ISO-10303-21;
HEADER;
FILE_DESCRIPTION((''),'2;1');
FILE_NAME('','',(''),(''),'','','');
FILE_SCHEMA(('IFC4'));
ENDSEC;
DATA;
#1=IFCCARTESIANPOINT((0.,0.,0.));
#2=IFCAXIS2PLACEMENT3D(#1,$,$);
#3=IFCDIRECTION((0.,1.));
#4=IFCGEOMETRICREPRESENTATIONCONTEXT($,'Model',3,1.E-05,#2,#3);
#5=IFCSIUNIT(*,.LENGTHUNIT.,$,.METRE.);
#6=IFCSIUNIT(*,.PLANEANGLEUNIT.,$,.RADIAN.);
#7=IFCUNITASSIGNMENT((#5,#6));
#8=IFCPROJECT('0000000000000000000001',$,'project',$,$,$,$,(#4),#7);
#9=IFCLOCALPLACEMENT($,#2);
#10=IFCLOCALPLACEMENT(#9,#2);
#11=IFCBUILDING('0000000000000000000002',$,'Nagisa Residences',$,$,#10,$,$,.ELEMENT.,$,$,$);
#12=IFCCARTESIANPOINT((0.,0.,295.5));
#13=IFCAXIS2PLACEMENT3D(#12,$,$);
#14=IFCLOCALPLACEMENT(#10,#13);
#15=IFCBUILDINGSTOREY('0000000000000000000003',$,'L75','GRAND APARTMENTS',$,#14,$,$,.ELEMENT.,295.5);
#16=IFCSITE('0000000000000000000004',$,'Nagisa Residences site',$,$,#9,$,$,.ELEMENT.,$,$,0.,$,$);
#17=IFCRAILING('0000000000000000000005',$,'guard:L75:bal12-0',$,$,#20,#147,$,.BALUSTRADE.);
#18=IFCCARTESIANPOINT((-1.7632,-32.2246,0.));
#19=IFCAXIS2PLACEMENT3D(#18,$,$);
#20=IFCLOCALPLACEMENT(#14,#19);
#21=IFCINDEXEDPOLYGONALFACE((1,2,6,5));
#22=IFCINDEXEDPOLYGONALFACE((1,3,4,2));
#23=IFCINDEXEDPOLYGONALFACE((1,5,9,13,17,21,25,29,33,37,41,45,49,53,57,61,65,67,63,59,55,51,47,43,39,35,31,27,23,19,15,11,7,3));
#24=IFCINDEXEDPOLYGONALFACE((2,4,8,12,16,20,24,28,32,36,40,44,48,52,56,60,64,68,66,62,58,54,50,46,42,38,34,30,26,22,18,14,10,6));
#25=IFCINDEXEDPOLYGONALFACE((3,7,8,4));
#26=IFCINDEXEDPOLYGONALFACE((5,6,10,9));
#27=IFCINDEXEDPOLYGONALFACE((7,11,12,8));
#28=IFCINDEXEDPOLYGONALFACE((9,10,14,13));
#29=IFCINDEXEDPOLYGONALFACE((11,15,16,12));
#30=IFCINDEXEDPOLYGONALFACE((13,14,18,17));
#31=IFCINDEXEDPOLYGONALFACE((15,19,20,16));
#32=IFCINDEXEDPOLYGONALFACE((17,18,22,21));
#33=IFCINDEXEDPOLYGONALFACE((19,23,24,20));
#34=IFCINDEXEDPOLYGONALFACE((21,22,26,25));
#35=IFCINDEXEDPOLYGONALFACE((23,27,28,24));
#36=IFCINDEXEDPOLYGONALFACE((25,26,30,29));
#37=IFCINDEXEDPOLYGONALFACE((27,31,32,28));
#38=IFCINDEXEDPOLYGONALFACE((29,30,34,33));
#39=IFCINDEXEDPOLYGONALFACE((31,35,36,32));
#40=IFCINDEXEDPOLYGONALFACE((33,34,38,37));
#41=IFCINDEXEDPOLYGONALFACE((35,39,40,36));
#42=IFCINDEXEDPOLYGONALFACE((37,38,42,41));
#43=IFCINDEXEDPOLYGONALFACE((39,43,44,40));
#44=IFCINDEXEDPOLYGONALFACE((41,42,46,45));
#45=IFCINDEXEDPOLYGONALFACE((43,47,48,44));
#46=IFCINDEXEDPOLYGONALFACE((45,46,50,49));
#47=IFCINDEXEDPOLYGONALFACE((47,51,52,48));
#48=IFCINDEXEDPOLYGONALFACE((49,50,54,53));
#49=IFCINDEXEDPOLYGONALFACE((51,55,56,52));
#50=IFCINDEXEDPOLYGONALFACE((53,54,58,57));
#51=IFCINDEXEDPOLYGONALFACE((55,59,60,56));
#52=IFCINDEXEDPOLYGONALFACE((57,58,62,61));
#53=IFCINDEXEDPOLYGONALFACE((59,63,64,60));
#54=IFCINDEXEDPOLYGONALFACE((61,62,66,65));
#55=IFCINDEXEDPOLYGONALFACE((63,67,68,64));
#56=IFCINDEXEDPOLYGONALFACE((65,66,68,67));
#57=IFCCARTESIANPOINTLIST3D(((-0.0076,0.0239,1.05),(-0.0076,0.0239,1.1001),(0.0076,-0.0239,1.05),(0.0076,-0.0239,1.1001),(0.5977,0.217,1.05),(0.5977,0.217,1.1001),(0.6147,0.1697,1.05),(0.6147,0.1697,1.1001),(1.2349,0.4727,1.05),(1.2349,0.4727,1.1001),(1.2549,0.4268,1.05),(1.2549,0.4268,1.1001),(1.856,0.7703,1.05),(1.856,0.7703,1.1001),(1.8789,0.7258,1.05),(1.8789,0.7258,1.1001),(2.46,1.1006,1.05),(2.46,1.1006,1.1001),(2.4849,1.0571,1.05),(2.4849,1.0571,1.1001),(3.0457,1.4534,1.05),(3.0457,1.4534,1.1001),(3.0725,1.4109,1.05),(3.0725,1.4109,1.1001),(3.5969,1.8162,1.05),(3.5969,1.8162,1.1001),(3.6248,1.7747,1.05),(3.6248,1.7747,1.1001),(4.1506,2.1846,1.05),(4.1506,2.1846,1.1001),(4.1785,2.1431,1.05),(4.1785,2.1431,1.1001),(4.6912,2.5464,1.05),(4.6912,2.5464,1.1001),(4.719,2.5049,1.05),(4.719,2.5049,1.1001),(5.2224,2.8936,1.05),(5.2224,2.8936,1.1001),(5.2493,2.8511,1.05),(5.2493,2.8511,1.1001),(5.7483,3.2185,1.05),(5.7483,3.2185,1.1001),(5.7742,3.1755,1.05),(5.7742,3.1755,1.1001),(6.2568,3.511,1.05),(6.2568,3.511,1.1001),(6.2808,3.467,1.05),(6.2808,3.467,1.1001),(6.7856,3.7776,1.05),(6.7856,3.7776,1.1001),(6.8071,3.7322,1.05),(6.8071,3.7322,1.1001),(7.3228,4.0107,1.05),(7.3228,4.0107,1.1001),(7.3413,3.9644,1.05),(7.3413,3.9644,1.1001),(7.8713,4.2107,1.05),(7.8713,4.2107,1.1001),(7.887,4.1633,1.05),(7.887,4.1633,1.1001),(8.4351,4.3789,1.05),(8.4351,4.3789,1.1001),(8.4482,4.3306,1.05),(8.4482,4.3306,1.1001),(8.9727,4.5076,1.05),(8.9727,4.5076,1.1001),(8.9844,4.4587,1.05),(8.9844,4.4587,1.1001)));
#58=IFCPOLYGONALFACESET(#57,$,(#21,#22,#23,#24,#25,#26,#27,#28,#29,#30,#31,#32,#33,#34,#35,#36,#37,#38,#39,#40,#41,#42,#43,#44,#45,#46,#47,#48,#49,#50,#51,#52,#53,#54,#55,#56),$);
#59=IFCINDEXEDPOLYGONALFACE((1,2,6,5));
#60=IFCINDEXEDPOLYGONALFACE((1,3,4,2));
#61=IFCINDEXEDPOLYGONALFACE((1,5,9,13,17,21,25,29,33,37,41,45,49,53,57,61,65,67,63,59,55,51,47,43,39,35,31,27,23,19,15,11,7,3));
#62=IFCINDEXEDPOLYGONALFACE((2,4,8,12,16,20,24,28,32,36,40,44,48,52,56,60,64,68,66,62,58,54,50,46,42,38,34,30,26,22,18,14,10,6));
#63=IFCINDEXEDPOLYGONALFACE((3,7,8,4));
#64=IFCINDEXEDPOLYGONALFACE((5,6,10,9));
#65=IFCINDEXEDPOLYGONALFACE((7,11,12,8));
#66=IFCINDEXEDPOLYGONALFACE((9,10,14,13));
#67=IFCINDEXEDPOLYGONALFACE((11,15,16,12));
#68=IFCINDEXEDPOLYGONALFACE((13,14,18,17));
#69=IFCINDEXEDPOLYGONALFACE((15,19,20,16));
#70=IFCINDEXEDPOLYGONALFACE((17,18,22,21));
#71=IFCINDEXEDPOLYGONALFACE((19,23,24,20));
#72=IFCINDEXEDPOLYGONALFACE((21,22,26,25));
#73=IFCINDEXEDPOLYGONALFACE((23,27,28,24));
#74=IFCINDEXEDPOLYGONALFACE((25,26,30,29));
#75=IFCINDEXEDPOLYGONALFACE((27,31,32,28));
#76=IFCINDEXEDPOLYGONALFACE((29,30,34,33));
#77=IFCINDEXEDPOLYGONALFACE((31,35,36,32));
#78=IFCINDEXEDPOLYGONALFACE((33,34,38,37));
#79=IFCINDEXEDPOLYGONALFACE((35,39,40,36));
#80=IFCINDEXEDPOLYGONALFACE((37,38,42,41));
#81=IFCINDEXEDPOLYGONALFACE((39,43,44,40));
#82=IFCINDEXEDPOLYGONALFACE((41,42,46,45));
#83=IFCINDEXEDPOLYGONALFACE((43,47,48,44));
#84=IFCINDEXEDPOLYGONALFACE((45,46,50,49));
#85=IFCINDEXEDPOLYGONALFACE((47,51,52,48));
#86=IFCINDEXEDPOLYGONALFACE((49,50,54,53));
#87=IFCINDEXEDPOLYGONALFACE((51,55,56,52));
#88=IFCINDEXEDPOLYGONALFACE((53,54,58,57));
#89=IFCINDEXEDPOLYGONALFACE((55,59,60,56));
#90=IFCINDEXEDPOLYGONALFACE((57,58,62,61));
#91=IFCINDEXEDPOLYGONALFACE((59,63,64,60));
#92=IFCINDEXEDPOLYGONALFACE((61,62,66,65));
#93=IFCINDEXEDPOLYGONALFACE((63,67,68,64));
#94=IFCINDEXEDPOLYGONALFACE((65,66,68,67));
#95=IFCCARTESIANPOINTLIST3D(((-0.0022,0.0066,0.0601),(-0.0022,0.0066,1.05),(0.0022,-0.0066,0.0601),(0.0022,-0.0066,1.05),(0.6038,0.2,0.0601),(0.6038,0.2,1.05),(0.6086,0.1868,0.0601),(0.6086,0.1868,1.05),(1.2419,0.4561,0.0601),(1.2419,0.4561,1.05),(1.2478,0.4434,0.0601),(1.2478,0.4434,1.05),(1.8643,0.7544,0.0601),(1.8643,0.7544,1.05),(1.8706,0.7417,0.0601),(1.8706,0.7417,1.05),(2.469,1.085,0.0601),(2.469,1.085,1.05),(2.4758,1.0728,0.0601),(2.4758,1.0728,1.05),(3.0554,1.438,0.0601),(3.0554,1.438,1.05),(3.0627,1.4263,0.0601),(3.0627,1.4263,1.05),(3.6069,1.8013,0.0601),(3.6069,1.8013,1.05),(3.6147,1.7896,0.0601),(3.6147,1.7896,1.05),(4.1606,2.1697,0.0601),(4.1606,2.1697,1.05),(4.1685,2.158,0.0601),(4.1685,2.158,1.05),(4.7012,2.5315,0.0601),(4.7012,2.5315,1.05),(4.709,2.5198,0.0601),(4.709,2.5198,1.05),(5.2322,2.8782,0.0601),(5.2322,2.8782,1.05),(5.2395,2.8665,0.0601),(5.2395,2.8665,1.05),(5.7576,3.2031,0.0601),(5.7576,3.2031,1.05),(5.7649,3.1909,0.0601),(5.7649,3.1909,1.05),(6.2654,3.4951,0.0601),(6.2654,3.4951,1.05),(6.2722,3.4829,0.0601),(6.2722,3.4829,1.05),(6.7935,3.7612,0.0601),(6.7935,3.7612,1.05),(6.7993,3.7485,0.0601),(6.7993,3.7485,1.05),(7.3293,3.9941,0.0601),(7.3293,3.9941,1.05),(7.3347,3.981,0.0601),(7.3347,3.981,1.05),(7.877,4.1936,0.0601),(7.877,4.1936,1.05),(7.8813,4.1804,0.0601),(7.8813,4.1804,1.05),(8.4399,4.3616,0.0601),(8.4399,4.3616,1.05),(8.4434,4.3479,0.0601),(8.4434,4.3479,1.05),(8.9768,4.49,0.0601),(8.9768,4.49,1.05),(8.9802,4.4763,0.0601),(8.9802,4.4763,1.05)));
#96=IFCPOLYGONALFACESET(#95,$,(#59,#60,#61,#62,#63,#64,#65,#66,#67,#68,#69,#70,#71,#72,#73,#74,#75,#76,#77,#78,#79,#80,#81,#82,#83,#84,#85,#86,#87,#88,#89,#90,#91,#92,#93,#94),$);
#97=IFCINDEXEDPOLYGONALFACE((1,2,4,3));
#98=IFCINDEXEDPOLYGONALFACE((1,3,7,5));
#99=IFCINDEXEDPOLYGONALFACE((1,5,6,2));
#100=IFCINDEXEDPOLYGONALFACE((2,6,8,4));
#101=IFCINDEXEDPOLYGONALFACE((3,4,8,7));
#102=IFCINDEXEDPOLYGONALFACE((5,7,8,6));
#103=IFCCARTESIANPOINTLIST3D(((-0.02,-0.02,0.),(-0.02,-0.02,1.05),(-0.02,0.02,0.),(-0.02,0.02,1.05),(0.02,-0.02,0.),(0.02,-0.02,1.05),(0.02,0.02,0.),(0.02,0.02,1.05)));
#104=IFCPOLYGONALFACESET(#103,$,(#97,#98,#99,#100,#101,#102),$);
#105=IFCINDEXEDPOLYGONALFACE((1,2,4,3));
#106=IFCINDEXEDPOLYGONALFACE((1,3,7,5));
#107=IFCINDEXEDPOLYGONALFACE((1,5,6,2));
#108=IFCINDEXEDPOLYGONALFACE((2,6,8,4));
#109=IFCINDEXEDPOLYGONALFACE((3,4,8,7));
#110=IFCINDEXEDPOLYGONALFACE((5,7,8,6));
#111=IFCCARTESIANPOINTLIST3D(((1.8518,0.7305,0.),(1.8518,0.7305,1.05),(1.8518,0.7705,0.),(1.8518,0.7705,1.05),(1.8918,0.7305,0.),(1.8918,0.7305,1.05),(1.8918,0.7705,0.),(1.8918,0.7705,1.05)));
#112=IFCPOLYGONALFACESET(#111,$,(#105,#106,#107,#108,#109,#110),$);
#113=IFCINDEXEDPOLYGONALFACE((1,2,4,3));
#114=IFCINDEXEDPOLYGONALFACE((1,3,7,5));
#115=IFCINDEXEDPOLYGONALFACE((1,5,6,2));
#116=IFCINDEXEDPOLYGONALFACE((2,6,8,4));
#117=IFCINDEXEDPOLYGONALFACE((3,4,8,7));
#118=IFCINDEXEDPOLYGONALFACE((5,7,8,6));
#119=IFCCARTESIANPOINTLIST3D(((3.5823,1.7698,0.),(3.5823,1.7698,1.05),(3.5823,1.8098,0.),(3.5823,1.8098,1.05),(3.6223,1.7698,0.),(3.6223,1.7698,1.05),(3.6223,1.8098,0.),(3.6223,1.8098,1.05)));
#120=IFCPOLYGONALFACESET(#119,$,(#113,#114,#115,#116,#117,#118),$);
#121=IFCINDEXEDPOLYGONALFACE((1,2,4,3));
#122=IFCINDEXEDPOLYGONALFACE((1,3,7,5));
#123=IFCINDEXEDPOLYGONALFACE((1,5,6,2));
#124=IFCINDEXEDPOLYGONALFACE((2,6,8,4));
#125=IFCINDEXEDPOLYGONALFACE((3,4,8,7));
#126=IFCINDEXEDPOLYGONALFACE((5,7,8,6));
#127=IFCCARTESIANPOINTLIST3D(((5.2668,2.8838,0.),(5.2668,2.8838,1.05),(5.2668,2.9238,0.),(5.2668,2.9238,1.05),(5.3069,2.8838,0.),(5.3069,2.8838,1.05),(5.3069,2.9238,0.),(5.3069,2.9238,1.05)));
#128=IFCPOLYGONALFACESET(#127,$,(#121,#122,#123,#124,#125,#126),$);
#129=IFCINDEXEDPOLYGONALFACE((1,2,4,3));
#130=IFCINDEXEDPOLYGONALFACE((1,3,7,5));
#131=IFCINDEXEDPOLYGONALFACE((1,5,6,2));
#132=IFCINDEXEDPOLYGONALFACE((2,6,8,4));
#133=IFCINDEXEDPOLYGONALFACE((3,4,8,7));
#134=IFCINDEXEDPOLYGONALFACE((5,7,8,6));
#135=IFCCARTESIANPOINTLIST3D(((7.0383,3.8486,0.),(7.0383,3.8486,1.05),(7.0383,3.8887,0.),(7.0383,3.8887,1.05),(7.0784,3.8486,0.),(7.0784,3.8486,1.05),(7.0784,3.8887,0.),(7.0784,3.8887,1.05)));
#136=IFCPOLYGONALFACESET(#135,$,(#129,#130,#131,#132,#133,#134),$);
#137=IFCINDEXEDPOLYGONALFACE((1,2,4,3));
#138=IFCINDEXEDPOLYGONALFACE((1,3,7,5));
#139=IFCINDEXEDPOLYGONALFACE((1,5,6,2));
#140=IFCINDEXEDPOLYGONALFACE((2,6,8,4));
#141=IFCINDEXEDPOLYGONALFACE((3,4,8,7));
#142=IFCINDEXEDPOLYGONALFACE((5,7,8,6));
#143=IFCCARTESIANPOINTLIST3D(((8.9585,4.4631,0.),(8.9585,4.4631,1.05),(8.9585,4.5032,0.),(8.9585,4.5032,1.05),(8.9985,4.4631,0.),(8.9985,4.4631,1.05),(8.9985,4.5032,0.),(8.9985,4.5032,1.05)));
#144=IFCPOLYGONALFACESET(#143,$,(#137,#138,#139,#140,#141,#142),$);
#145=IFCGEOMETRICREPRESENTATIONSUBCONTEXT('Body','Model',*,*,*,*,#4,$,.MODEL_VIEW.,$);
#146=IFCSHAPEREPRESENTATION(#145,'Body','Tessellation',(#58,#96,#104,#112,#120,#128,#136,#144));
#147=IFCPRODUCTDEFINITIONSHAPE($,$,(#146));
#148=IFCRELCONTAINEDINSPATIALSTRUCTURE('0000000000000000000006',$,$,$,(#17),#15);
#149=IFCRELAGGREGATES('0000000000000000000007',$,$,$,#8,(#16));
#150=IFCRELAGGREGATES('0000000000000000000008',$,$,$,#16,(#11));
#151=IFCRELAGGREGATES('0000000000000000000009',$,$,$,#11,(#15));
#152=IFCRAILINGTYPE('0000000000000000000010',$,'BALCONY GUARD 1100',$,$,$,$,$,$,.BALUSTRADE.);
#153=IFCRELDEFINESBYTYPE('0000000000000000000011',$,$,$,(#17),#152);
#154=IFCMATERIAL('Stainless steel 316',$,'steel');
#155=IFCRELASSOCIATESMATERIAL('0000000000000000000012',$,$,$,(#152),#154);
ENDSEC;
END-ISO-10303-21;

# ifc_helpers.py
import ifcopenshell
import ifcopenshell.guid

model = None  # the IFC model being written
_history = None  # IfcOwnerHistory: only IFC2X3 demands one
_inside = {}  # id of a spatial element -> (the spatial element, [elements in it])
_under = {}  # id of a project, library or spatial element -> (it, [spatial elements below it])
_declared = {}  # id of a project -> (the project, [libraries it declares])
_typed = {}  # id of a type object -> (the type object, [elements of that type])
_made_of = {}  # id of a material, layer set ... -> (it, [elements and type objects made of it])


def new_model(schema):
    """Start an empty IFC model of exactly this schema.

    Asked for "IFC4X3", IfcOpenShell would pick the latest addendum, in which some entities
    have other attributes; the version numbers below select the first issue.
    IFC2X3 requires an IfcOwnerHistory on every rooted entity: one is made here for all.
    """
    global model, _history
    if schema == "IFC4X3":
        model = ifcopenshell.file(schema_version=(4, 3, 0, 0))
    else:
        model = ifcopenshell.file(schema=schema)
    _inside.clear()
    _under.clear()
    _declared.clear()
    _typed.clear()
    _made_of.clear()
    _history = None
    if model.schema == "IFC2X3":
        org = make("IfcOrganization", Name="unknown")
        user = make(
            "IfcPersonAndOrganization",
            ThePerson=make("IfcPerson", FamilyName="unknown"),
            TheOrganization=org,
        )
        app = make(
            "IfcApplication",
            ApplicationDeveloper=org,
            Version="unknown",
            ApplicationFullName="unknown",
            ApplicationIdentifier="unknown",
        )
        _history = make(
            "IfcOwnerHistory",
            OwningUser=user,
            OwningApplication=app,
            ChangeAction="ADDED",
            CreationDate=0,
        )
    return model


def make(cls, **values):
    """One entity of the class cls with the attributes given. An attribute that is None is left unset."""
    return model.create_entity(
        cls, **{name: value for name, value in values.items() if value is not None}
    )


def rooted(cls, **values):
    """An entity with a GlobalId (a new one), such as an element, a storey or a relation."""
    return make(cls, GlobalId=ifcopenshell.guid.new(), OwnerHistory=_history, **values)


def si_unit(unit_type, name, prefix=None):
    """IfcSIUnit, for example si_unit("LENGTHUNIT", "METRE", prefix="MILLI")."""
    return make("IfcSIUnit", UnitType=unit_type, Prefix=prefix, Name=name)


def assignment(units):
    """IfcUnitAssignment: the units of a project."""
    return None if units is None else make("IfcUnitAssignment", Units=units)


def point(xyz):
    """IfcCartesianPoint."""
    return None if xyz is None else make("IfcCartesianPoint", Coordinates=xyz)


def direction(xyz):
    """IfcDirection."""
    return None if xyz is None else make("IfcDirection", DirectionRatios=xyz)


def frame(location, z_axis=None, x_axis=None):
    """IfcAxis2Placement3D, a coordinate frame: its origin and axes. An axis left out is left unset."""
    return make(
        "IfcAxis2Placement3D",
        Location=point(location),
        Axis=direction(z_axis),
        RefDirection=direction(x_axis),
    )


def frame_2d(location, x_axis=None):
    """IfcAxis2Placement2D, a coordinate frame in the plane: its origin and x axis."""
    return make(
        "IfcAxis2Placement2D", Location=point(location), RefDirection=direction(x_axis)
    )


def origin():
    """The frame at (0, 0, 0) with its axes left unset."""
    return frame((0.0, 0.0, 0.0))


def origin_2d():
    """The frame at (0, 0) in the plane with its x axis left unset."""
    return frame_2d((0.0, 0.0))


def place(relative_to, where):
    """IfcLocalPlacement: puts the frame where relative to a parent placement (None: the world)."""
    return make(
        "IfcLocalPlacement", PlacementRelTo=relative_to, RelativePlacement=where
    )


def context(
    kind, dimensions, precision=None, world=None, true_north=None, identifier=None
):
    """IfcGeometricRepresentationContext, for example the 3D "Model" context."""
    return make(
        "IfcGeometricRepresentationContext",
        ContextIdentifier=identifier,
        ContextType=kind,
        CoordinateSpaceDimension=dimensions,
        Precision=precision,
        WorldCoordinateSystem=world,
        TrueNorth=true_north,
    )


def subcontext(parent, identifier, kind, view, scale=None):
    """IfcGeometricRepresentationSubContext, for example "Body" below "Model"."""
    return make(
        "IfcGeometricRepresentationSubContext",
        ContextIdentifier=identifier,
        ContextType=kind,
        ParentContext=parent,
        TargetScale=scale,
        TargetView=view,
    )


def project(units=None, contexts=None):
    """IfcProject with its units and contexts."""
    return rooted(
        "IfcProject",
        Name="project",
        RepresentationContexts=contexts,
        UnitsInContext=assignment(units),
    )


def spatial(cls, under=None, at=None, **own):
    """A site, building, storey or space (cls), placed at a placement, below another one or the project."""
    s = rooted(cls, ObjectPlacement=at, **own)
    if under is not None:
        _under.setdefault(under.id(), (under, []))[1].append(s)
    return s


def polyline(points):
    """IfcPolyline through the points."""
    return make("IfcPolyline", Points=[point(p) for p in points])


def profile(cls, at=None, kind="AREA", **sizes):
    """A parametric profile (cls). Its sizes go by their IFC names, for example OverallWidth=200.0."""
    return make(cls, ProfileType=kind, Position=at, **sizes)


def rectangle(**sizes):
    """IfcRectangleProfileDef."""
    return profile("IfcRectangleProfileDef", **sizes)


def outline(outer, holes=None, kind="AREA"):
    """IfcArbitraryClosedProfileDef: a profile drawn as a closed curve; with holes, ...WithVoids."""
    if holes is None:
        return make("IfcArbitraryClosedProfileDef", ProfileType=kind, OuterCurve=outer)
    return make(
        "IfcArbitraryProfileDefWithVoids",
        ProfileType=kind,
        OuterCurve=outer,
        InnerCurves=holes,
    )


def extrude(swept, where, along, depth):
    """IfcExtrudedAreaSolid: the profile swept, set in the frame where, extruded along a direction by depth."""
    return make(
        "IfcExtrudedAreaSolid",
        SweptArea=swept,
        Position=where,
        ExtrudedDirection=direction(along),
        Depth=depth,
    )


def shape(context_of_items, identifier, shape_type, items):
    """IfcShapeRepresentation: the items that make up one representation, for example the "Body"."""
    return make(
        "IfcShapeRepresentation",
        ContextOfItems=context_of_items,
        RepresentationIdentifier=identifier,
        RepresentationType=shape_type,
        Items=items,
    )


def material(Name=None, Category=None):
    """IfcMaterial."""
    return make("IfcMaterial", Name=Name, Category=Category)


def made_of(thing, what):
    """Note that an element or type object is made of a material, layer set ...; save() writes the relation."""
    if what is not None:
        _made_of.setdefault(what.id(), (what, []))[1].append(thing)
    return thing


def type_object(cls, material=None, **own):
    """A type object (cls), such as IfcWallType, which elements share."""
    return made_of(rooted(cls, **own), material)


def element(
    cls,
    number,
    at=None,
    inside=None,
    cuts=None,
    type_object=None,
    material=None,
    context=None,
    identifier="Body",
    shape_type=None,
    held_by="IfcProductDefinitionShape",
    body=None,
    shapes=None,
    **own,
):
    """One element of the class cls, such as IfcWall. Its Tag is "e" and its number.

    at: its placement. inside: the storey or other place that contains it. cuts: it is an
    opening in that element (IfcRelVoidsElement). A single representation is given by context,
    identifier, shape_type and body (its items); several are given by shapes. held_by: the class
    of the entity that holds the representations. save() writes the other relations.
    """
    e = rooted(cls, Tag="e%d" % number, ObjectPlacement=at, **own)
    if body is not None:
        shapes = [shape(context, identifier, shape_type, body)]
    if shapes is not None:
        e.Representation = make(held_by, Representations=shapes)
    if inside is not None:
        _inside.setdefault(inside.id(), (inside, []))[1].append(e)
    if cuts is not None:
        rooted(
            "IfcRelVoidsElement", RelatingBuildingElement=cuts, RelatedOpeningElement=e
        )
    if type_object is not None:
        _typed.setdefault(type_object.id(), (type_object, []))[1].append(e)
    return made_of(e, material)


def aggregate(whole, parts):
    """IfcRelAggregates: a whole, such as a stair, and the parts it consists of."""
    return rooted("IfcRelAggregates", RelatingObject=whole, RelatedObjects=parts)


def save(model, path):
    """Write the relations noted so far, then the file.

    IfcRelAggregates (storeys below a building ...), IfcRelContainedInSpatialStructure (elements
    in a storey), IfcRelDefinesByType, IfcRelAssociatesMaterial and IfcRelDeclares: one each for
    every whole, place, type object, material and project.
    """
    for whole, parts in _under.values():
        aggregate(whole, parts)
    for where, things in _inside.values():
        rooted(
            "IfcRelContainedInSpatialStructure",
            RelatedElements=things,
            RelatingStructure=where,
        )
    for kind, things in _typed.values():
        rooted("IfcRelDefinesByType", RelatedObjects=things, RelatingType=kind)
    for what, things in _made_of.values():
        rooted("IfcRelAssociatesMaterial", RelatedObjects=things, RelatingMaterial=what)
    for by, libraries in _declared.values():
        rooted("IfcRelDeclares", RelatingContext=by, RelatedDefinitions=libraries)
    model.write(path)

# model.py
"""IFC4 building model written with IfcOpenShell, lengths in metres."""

from ifc_helpers import new_model, si_unit, direction, frame, origin, origin_2d, place, context, subcontext, project, spatial, polyline, rectangle, outline, extrude, material, type_object, element, save


model = new_model("IFC4")

# Units and contexts
model_context = context("Model", 3, precision=1e-05, world=origin(), true_north=direction((0.0, 1.0)))
body_context = subcontext(model_context, "Body", "Model", "MODEL_VIEW")
ifc_project = project(units=[si_unit("LENGTHUNIT", "METRE"), si_unit("PLANEANGLEUNIT", "RADIAN")], contexts=[model_context])

# Site, building, storey
site_placement = place(None, origin())
site = spatial("IfcSite", under=ifc_project, at=site_placement, Name="Nagisa Residences site", CompositionType="ELEMENT", RefElevation=0.0)
building_placement = place(site_placement, origin())
building = spatial("IfcBuilding", under=site, at=building_placement, Name="Nagisa Residences", CompositionType="ELEMENT")
storey_placement = place(building_placement, frame((0.0, 0.0, 295.5)))
storey = spatial("IfcBuildingStorey", under=building, at=storey_placement, Name="L75", Description="GRAND APARTMENTS", CompositionType="ELEMENT", Elevation=295.5)

# Railing
ifc_material_1 = material(Name="Stainless steel 316", Category="steel")
railing_type = type_object("IfcRailingType", Name="BALCONY GUARD 1100", PredefinedType="BALUSTRADE", material=ifc_material_1)
railing_1_placement = place(storey_placement, frame((-1.7632, -32.2246, 0.0)))
element("IfcRailing", 1, at=railing_1_placement, inside=storey, type_object=railing_type, Name="guard:L75:bal12-0", PredefinedType="BALUSTRADE", context=body_context, shape_type="SweptSolid", body=[
    extrude(outline(polyline([(0.5977, 0.217), (-0.0076, 0.0239), (0.0076, -0.0239), (0.6147, 0.1697), (1.2549, 0.4268), (1.8789, 0.7258), (2.4849, 1.0571), (3.0725, 1.4109), (3.6248, 1.7747), (4.1785, 2.1431), (4.719, 2.5049), (5.2493, 2.8511), (5.7742, 3.1755), (6.2808, 3.467), (6.8071, 3.7322), (7.3413, 3.9644), (7.887, 4.1633), (8.4482, 4.3306), (8.9844, 4.4587), (8.9727, 4.5076), (8.4351, 4.3789), (7.8713, 4.2107), (7.3228, 4.0107), (6.7856, 3.7776), (6.2568, 3.511), (5.7483, 3.2185), (5.2224, 2.8936), (4.6912, 2.5464), (4.1506, 2.1846), (3.5969, 1.8162), (3.0457, 1.4534), (2.46, 1.1006), (1.856, 0.7703), (1.2349, 0.4727), (0.5977, 0.217)])), frame((0.0, 0.0, 1.05)), (0.0, 0.0, 1.0), 0.05),
    extrude(outline(polyline([(0.6038, 0.2), (-0.0022, 0.0066), (0.0022, -0.0066), (0.6086, 0.1868), (1.2478, 0.4434), (1.8706, 0.7417), (2.4758, 1.0728), (3.0627, 1.4263), (3.6147, 1.7896), (4.1685, 2.158), (4.709, 2.5198), (5.2395, 2.8665), (5.7649, 3.1909), (6.2722, 3.4829), (6.7993, 3.7485), (7.3347, 3.981), (7.8813, 4.1804), (8.4434, 4.3479), (8.9802, 4.4763), (8.9768, 4.49), (8.4399, 4.3616), (7.877, 4.1936), (7.3293, 3.9941), (6.7935, 3.7612), (6.2654, 3.4951), (5.7576, 3.2031), (5.2322, 2.8782), (4.7012, 2.5315), (4.1606, 2.1697), (3.6069, 1.8013), (3.0554, 1.438), (2.469, 1.085), (1.8643, 0.7544), (1.2419, 0.4561), (0.6038, 0.2)])), frame((0.0, 0.0, 0.0601)), (0.0, 0.0, 1.0), 0.99),
    extrude(rectangle(XDim=0.04, YDim=0.04, at=origin_2d()), origin(), (0.0, 0.0, 1.0), 1.05),
    extrude(rectangle(XDim=0.04, YDim=0.04, at=origin_2d()), frame((1.8718, 0.7505, 0.0)), (0.0, 0.0, 1.0), 1.05),
    extrude(rectangle(XDim=0.04, YDim=0.04, at=origin_2d()), frame((3.6023, 1.7898, 0.0)), (0.0, 0.0, 1.0), 1.05),
    extrude(rectangle(XDim=0.04, YDim=0.04, at=origin_2d()), frame((5.2869, 2.9038, 0.0)), (0.0, 0.0, 1.0), 1.05),
    extrude(rectangle(XDim=0.04, YDim=0.04, at=origin_2d()), frame((7.0583, 3.8687, 0.0)), (0.0, 0.0, 1.0), 1.05),
    extrude(rectangle(XDim=0.04, YDim=0.04, at=origin_2d()), frame((8.9785, 4.4832, 0.0)), (0.0, 0.0, 1.0), 1.05),
])

save(model, "model.ifc")
